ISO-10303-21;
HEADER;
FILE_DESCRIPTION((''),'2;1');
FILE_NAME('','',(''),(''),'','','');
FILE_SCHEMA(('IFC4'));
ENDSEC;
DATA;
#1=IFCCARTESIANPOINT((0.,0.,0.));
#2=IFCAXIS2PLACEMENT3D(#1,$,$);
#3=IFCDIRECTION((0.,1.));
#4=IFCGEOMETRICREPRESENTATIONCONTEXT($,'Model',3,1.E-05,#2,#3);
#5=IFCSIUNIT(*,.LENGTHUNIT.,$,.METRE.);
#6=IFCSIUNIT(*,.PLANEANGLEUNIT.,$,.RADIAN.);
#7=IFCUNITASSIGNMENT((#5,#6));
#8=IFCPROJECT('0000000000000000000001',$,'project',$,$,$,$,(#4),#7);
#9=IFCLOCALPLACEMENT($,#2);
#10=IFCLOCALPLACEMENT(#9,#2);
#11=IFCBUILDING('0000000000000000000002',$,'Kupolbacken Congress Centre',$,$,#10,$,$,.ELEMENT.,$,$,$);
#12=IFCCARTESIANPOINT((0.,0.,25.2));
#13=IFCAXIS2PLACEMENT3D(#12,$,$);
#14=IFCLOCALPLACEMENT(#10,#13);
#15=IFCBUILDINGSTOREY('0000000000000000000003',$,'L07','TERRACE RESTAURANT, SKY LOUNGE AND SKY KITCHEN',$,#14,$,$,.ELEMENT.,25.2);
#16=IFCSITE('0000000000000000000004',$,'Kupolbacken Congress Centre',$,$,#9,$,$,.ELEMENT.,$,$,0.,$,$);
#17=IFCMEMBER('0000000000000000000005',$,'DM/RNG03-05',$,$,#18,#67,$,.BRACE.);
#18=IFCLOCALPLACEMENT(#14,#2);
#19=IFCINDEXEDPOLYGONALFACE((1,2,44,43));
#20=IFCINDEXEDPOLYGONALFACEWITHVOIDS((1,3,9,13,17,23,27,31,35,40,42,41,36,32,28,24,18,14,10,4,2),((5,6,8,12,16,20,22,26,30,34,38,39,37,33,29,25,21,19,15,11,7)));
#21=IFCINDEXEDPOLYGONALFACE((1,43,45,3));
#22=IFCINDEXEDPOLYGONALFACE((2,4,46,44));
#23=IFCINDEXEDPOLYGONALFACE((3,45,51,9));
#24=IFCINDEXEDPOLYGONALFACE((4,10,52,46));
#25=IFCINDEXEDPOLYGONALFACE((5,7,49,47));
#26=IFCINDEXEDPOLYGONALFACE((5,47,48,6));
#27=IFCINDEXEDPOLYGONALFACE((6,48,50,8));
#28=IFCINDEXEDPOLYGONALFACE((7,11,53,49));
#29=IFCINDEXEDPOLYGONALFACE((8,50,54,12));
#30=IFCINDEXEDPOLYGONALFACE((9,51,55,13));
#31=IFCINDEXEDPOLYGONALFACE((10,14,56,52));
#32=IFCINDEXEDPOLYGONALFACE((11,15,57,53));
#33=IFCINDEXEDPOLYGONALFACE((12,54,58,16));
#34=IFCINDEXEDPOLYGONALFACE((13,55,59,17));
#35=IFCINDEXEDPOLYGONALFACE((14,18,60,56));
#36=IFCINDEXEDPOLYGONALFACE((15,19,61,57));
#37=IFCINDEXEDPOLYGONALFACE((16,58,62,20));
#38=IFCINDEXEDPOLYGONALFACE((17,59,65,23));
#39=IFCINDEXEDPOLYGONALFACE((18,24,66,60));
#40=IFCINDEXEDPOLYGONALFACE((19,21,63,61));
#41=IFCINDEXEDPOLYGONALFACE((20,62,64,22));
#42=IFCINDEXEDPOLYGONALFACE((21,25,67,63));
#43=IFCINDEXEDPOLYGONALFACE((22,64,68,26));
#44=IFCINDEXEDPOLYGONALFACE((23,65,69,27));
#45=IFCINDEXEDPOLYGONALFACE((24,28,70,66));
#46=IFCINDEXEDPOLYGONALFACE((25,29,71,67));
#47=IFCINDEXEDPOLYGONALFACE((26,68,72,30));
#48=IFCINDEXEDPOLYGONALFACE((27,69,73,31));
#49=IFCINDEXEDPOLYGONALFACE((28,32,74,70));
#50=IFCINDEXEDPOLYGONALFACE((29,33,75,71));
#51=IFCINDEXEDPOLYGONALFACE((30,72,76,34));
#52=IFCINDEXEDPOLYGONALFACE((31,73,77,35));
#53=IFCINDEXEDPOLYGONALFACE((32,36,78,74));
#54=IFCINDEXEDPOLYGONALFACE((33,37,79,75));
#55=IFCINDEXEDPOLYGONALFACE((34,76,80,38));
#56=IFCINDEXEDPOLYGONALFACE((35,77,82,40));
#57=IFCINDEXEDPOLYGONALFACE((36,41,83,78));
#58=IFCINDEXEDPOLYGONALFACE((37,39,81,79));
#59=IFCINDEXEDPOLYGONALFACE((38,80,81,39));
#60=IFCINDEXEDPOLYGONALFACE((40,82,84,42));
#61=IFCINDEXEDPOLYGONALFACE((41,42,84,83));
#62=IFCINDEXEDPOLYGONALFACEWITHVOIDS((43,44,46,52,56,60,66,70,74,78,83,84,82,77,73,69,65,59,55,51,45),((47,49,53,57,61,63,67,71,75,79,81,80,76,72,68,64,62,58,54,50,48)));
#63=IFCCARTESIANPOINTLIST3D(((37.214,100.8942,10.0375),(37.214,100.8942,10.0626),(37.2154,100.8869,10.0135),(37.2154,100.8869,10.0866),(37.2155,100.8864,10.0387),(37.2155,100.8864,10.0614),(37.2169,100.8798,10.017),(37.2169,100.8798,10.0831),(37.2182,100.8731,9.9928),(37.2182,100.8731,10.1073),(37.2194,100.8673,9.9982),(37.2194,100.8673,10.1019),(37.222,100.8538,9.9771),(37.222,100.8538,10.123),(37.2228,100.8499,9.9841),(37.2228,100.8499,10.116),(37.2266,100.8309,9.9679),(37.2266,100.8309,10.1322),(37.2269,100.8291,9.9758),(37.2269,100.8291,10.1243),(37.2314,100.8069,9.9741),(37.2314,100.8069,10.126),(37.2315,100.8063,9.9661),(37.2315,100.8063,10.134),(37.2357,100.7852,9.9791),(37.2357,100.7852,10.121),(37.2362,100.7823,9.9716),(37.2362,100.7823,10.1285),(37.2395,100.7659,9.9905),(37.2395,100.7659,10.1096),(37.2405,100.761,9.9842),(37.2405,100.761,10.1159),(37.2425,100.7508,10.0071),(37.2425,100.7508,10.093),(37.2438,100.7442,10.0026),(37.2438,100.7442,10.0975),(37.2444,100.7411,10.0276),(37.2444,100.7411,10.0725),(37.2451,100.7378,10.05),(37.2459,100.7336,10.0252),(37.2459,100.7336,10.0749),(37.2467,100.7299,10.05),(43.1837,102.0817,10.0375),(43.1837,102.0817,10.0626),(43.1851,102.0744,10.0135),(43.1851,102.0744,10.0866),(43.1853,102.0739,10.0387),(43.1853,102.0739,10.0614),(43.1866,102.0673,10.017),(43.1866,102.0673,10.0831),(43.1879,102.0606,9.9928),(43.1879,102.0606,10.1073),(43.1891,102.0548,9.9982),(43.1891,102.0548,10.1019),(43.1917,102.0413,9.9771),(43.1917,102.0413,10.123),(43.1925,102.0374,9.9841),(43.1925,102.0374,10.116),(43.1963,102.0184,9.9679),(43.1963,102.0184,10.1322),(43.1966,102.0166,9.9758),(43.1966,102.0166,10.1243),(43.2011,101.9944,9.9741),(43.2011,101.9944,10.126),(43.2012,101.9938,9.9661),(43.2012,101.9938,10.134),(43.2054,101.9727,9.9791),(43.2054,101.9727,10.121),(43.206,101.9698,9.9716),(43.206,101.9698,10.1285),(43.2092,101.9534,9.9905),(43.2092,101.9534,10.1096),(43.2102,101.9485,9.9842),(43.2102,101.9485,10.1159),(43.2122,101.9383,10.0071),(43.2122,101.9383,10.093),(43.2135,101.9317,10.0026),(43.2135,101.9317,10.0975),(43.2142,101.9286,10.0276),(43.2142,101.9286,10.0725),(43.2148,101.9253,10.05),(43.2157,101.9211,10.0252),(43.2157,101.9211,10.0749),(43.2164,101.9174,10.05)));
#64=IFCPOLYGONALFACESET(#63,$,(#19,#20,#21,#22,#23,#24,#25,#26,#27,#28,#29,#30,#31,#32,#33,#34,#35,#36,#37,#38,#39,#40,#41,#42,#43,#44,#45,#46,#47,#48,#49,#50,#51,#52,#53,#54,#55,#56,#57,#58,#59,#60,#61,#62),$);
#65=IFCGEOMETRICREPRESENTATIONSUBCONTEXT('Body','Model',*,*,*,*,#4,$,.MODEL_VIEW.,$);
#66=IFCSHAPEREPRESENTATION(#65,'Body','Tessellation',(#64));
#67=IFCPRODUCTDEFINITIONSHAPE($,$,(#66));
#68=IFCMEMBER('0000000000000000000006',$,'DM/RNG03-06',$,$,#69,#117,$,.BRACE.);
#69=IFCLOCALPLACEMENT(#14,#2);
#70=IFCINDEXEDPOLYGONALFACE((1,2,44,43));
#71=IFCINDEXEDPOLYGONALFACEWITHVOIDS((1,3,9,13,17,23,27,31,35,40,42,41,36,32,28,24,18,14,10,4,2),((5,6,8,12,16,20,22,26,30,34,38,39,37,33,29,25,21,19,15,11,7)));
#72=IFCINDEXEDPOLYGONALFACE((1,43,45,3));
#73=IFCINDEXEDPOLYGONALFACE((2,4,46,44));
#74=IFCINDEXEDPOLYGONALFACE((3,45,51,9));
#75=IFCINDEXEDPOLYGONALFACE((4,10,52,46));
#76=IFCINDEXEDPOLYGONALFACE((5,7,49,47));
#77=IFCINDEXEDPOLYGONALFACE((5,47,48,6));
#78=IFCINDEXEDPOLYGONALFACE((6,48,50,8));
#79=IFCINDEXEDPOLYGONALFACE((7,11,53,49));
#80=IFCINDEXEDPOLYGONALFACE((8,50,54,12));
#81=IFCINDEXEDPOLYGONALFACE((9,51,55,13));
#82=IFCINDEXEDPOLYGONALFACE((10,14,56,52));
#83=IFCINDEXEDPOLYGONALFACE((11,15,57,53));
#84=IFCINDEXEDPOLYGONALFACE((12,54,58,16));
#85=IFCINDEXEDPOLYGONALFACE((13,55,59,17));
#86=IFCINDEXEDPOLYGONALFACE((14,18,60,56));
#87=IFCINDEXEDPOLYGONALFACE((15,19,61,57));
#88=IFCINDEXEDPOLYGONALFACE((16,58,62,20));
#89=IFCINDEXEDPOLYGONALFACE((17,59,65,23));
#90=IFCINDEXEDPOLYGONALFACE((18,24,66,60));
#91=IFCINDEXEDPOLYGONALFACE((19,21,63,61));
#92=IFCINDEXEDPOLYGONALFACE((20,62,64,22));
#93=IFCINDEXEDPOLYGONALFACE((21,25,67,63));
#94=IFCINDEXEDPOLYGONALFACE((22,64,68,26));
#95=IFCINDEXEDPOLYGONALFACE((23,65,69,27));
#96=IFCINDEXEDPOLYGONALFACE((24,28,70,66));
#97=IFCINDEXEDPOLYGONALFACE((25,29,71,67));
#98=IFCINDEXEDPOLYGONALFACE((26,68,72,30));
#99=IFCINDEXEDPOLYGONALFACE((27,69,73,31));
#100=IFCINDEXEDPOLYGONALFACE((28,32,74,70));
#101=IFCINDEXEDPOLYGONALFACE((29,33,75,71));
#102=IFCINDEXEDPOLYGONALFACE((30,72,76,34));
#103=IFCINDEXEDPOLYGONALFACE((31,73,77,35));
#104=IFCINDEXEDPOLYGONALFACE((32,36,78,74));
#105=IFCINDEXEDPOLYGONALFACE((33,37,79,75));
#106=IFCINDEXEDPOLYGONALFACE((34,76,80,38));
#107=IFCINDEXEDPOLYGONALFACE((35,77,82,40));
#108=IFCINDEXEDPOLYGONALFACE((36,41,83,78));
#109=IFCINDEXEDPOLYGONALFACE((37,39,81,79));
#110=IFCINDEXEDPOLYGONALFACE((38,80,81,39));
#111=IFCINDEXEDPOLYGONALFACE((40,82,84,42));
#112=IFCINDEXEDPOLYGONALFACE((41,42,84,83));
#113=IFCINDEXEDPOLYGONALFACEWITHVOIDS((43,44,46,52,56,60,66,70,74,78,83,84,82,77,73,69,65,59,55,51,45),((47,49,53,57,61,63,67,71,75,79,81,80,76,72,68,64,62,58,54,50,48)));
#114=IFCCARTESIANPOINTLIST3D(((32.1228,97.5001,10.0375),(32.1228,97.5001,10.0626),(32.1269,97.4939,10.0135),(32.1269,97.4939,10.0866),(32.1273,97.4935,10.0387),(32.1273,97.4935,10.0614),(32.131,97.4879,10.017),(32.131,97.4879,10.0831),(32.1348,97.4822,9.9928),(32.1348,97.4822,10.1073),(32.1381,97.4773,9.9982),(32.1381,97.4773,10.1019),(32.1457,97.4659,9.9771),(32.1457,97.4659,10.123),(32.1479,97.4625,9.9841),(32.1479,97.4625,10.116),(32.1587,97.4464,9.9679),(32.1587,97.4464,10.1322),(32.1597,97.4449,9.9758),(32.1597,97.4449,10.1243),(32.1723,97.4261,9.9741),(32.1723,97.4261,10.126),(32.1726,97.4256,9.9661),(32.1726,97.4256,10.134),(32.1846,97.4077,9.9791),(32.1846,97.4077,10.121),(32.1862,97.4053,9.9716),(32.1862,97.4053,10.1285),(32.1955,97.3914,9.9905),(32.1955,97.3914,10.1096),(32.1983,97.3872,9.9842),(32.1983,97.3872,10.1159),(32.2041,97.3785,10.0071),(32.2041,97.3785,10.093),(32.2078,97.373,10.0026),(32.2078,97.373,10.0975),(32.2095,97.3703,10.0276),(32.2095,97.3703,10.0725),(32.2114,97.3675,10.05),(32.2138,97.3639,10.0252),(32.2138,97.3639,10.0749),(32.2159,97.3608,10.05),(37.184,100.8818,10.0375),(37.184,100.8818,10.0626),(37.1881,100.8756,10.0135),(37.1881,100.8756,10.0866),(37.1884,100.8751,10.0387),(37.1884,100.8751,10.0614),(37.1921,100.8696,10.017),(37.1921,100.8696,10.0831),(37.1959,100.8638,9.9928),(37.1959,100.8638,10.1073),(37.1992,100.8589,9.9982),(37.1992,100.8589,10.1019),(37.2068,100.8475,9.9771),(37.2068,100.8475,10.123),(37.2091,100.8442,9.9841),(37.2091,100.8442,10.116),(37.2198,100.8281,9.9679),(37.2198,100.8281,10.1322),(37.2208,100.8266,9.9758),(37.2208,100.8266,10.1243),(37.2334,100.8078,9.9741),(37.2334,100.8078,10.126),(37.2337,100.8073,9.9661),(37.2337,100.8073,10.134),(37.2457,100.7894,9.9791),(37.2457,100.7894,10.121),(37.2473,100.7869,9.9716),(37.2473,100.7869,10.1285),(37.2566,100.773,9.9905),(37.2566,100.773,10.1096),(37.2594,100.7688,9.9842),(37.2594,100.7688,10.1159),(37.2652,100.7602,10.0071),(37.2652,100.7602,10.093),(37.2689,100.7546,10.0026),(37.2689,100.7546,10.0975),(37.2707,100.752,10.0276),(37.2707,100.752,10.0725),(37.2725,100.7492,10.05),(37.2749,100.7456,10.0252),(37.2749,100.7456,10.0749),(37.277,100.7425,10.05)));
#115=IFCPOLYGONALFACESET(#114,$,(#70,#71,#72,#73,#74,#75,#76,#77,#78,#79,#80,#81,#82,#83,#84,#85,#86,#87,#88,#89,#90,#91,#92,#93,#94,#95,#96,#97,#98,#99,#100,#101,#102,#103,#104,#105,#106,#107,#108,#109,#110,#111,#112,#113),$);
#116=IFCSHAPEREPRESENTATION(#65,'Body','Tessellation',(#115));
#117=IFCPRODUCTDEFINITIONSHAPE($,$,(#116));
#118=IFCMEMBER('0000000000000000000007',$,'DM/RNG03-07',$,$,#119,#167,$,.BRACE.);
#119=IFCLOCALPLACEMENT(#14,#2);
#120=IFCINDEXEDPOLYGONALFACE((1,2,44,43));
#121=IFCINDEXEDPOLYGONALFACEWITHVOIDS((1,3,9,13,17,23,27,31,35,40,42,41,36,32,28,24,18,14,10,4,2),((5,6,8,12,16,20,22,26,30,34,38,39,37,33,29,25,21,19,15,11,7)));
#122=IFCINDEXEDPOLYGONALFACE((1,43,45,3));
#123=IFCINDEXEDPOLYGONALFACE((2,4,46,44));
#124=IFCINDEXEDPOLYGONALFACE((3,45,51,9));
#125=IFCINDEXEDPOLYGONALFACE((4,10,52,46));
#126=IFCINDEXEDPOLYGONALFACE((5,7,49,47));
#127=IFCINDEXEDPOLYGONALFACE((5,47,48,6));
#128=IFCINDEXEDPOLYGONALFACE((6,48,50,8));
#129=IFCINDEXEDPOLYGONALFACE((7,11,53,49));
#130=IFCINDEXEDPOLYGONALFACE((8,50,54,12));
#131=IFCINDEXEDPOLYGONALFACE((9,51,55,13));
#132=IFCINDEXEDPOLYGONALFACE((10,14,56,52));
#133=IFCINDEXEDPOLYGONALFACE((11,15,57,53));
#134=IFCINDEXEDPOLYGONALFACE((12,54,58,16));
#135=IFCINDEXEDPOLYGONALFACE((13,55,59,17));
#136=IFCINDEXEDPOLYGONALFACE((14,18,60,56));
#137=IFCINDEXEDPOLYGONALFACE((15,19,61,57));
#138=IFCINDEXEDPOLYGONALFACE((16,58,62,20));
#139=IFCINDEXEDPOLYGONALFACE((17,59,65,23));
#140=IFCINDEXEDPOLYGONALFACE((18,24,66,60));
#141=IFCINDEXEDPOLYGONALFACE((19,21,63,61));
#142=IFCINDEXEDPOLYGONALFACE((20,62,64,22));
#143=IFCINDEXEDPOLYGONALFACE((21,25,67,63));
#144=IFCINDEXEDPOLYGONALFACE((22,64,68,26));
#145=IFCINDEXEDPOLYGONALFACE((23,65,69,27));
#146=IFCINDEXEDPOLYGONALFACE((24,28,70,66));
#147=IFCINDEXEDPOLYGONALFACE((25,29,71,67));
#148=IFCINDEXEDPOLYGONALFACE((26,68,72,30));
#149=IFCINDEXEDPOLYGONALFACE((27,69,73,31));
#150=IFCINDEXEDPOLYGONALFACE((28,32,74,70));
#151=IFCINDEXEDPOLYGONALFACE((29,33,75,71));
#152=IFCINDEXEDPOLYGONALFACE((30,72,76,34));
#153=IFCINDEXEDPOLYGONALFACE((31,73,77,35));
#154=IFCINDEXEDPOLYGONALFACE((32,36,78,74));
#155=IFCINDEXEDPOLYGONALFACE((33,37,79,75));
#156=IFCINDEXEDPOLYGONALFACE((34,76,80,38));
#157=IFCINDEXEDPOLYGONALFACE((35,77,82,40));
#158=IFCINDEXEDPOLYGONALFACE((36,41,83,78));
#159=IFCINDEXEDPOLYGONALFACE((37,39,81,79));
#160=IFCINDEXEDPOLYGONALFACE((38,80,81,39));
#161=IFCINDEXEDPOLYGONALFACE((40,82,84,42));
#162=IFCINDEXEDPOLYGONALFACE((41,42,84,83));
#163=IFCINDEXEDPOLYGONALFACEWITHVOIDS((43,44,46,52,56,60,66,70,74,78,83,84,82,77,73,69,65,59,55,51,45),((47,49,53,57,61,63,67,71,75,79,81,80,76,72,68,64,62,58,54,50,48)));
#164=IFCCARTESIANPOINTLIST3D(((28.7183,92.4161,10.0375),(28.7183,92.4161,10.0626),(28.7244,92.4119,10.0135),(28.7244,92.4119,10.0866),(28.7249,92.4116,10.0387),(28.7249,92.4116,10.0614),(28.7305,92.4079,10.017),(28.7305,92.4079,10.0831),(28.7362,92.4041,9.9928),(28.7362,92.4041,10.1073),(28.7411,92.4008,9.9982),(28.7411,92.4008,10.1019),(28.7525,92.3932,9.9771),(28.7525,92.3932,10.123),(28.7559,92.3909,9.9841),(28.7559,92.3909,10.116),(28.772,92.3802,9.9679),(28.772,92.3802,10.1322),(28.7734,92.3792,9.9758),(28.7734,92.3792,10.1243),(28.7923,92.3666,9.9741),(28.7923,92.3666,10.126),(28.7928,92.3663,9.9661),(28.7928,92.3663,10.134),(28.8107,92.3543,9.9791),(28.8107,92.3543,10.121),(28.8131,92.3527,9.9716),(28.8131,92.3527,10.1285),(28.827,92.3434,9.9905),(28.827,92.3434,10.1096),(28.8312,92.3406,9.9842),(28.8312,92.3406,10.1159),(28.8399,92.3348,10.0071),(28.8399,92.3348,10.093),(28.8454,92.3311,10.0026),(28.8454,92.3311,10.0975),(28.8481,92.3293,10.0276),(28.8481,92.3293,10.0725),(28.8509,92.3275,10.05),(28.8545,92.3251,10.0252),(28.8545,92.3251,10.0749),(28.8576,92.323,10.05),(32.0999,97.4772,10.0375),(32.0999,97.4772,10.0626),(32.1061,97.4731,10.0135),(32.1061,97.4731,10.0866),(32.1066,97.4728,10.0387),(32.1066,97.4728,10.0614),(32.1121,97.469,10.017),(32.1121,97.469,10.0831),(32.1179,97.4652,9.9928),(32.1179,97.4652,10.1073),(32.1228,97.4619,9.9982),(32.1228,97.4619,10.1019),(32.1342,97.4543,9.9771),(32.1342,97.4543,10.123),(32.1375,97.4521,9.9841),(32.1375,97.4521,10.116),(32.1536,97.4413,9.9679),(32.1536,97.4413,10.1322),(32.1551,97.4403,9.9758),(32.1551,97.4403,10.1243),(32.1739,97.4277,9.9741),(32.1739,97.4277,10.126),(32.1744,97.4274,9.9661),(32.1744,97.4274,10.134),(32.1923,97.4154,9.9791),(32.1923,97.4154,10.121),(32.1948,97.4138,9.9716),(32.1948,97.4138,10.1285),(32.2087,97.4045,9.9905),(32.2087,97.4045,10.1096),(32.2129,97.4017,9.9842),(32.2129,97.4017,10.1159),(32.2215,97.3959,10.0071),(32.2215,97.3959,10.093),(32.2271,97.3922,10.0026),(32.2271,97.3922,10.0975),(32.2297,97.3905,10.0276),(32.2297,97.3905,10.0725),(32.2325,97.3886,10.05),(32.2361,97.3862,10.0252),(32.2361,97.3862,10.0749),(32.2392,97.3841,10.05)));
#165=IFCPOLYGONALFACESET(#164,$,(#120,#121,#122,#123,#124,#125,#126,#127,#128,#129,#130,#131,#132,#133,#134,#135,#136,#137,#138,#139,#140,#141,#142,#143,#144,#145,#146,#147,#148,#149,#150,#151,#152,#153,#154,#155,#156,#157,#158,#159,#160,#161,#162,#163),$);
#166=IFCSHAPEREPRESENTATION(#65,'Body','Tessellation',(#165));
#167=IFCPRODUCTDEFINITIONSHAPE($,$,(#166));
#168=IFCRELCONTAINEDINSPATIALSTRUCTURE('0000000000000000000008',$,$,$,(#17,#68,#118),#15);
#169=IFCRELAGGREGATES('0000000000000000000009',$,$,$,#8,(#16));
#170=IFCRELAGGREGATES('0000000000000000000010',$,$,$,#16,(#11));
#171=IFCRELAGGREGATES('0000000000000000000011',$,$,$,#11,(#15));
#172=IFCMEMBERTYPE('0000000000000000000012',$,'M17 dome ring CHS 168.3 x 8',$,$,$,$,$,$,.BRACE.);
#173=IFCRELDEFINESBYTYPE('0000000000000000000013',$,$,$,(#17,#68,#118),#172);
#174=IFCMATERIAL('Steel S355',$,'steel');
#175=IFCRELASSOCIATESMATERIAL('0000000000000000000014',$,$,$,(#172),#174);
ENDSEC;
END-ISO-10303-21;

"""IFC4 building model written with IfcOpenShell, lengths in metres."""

from ifc_helpers import new_model, si_unit, direction, frame, origin, origin_2d, place, context, subcontext, project, spatial, hollow_circle, extrude, material, material_profile, profile_set, type_object, element, save


model = new_model("IFC4")

# Units and contexts
model_context = context("Model", 3, precision=1e-05, world=origin(), true_north=direction((0.0, 1.0)))
body_context = subcontext(model_context, "Body", "Model", "MODEL_VIEW")
ifc_project = project(units=[si_unit("LENGTHUNIT", "METRE"), si_unit("PLANEANGLEUNIT", "RADIAN")], contexts=[model_context])

# Site, building, storey
site_placement = place(None, origin())
site = spatial("IfcSite", under=ifc_project, at=site_placement, Name="Kupolbacken Congress Centre", CompositionType="ELEMENT", RefElevation=0.0)
building_placement = place(site_placement, origin())
building = spatial("IfcBuilding", under=site, at=building_placement, Name="Kupolbacken Congress Centre", CompositionType="ELEMENT")
storey_placement = place(building_placement, frame((0.0, 0.0, 25.2)))
storey = spatial("IfcBuildingStorey", under=building, at=storey_placement, Name="L07", Description="TERRACE RESTAURANT, SKY LOUNGE AND SKY KITCHEN", CompositionType="ELEMENT", Elevation=25.2)

# Members
ifc_material_1 = material(Name="Steel S355", Category="steel")
ifc_material_profile_1 = material_profile(ifc_material_1, hollow_circle(Radius=0.0842, WallThickness=0.0081, at=origin_2d()), Name="CHS 168.3 x 8")
ifc_profile_set_1 = profile_set([ifc_material_profile_1], Name="Steel S355")
member_type_1 = type_object("IfcMemberType", Name="M17 dome ring CHS 168.3 x 8", PredefinedType="BRACE", material=ifc_profile_set_1)
member_1_placement = place(storey_placement, frame((43.2, 102.0, 10.05), z_axis=(-0.980784, -0.195098, 0.0), x_axis=(0.195098, -0.980784, 0.0)))
element("IfcMember", 1, at=member_1_placement, inside=storey, type_object=member_type_1, Name="DM/RNG03-05", PredefinedType="BRACE", context=body_context, shape_type="SweptSolid", body=[
    extrude(hollow_circle(Radius=0.0842, WallThickness=0.0081, at=origin_2d()), origin(), (0.0, 0.0, 1.0), 6.0867),
])
for number, where, z_axis, x_axis, name in (
    (2, (37.2302, 100.8125, 10.05), (-0.831476, -0.555561, 0.0), (0.555561, -0.831476, 0.0), "DM/RNG03-06"),
    (3, (32.1692, 97.4309, 10.05), (-0.555561, -0.831476, 0.0), (0.831476, -0.555561, 0.0), "DM/RNG03-07"),
):
    element("IfcMember", number, at=place(storey_placement, frame(where, z_axis=z_axis, x_axis=x_axis)), inside=storey, type_object=member_type_1, Name=name, PredefinedType="BRACE", context=body_context, shape_type="SweptSolid", body=[
        extrude(hollow_circle(Radius=0.0842, WallThickness=0.0081, at=origin_2d()), origin(), (0.0, 0.0, 1.0), 6.0869),
    ])

save(model, "model.ifc")
